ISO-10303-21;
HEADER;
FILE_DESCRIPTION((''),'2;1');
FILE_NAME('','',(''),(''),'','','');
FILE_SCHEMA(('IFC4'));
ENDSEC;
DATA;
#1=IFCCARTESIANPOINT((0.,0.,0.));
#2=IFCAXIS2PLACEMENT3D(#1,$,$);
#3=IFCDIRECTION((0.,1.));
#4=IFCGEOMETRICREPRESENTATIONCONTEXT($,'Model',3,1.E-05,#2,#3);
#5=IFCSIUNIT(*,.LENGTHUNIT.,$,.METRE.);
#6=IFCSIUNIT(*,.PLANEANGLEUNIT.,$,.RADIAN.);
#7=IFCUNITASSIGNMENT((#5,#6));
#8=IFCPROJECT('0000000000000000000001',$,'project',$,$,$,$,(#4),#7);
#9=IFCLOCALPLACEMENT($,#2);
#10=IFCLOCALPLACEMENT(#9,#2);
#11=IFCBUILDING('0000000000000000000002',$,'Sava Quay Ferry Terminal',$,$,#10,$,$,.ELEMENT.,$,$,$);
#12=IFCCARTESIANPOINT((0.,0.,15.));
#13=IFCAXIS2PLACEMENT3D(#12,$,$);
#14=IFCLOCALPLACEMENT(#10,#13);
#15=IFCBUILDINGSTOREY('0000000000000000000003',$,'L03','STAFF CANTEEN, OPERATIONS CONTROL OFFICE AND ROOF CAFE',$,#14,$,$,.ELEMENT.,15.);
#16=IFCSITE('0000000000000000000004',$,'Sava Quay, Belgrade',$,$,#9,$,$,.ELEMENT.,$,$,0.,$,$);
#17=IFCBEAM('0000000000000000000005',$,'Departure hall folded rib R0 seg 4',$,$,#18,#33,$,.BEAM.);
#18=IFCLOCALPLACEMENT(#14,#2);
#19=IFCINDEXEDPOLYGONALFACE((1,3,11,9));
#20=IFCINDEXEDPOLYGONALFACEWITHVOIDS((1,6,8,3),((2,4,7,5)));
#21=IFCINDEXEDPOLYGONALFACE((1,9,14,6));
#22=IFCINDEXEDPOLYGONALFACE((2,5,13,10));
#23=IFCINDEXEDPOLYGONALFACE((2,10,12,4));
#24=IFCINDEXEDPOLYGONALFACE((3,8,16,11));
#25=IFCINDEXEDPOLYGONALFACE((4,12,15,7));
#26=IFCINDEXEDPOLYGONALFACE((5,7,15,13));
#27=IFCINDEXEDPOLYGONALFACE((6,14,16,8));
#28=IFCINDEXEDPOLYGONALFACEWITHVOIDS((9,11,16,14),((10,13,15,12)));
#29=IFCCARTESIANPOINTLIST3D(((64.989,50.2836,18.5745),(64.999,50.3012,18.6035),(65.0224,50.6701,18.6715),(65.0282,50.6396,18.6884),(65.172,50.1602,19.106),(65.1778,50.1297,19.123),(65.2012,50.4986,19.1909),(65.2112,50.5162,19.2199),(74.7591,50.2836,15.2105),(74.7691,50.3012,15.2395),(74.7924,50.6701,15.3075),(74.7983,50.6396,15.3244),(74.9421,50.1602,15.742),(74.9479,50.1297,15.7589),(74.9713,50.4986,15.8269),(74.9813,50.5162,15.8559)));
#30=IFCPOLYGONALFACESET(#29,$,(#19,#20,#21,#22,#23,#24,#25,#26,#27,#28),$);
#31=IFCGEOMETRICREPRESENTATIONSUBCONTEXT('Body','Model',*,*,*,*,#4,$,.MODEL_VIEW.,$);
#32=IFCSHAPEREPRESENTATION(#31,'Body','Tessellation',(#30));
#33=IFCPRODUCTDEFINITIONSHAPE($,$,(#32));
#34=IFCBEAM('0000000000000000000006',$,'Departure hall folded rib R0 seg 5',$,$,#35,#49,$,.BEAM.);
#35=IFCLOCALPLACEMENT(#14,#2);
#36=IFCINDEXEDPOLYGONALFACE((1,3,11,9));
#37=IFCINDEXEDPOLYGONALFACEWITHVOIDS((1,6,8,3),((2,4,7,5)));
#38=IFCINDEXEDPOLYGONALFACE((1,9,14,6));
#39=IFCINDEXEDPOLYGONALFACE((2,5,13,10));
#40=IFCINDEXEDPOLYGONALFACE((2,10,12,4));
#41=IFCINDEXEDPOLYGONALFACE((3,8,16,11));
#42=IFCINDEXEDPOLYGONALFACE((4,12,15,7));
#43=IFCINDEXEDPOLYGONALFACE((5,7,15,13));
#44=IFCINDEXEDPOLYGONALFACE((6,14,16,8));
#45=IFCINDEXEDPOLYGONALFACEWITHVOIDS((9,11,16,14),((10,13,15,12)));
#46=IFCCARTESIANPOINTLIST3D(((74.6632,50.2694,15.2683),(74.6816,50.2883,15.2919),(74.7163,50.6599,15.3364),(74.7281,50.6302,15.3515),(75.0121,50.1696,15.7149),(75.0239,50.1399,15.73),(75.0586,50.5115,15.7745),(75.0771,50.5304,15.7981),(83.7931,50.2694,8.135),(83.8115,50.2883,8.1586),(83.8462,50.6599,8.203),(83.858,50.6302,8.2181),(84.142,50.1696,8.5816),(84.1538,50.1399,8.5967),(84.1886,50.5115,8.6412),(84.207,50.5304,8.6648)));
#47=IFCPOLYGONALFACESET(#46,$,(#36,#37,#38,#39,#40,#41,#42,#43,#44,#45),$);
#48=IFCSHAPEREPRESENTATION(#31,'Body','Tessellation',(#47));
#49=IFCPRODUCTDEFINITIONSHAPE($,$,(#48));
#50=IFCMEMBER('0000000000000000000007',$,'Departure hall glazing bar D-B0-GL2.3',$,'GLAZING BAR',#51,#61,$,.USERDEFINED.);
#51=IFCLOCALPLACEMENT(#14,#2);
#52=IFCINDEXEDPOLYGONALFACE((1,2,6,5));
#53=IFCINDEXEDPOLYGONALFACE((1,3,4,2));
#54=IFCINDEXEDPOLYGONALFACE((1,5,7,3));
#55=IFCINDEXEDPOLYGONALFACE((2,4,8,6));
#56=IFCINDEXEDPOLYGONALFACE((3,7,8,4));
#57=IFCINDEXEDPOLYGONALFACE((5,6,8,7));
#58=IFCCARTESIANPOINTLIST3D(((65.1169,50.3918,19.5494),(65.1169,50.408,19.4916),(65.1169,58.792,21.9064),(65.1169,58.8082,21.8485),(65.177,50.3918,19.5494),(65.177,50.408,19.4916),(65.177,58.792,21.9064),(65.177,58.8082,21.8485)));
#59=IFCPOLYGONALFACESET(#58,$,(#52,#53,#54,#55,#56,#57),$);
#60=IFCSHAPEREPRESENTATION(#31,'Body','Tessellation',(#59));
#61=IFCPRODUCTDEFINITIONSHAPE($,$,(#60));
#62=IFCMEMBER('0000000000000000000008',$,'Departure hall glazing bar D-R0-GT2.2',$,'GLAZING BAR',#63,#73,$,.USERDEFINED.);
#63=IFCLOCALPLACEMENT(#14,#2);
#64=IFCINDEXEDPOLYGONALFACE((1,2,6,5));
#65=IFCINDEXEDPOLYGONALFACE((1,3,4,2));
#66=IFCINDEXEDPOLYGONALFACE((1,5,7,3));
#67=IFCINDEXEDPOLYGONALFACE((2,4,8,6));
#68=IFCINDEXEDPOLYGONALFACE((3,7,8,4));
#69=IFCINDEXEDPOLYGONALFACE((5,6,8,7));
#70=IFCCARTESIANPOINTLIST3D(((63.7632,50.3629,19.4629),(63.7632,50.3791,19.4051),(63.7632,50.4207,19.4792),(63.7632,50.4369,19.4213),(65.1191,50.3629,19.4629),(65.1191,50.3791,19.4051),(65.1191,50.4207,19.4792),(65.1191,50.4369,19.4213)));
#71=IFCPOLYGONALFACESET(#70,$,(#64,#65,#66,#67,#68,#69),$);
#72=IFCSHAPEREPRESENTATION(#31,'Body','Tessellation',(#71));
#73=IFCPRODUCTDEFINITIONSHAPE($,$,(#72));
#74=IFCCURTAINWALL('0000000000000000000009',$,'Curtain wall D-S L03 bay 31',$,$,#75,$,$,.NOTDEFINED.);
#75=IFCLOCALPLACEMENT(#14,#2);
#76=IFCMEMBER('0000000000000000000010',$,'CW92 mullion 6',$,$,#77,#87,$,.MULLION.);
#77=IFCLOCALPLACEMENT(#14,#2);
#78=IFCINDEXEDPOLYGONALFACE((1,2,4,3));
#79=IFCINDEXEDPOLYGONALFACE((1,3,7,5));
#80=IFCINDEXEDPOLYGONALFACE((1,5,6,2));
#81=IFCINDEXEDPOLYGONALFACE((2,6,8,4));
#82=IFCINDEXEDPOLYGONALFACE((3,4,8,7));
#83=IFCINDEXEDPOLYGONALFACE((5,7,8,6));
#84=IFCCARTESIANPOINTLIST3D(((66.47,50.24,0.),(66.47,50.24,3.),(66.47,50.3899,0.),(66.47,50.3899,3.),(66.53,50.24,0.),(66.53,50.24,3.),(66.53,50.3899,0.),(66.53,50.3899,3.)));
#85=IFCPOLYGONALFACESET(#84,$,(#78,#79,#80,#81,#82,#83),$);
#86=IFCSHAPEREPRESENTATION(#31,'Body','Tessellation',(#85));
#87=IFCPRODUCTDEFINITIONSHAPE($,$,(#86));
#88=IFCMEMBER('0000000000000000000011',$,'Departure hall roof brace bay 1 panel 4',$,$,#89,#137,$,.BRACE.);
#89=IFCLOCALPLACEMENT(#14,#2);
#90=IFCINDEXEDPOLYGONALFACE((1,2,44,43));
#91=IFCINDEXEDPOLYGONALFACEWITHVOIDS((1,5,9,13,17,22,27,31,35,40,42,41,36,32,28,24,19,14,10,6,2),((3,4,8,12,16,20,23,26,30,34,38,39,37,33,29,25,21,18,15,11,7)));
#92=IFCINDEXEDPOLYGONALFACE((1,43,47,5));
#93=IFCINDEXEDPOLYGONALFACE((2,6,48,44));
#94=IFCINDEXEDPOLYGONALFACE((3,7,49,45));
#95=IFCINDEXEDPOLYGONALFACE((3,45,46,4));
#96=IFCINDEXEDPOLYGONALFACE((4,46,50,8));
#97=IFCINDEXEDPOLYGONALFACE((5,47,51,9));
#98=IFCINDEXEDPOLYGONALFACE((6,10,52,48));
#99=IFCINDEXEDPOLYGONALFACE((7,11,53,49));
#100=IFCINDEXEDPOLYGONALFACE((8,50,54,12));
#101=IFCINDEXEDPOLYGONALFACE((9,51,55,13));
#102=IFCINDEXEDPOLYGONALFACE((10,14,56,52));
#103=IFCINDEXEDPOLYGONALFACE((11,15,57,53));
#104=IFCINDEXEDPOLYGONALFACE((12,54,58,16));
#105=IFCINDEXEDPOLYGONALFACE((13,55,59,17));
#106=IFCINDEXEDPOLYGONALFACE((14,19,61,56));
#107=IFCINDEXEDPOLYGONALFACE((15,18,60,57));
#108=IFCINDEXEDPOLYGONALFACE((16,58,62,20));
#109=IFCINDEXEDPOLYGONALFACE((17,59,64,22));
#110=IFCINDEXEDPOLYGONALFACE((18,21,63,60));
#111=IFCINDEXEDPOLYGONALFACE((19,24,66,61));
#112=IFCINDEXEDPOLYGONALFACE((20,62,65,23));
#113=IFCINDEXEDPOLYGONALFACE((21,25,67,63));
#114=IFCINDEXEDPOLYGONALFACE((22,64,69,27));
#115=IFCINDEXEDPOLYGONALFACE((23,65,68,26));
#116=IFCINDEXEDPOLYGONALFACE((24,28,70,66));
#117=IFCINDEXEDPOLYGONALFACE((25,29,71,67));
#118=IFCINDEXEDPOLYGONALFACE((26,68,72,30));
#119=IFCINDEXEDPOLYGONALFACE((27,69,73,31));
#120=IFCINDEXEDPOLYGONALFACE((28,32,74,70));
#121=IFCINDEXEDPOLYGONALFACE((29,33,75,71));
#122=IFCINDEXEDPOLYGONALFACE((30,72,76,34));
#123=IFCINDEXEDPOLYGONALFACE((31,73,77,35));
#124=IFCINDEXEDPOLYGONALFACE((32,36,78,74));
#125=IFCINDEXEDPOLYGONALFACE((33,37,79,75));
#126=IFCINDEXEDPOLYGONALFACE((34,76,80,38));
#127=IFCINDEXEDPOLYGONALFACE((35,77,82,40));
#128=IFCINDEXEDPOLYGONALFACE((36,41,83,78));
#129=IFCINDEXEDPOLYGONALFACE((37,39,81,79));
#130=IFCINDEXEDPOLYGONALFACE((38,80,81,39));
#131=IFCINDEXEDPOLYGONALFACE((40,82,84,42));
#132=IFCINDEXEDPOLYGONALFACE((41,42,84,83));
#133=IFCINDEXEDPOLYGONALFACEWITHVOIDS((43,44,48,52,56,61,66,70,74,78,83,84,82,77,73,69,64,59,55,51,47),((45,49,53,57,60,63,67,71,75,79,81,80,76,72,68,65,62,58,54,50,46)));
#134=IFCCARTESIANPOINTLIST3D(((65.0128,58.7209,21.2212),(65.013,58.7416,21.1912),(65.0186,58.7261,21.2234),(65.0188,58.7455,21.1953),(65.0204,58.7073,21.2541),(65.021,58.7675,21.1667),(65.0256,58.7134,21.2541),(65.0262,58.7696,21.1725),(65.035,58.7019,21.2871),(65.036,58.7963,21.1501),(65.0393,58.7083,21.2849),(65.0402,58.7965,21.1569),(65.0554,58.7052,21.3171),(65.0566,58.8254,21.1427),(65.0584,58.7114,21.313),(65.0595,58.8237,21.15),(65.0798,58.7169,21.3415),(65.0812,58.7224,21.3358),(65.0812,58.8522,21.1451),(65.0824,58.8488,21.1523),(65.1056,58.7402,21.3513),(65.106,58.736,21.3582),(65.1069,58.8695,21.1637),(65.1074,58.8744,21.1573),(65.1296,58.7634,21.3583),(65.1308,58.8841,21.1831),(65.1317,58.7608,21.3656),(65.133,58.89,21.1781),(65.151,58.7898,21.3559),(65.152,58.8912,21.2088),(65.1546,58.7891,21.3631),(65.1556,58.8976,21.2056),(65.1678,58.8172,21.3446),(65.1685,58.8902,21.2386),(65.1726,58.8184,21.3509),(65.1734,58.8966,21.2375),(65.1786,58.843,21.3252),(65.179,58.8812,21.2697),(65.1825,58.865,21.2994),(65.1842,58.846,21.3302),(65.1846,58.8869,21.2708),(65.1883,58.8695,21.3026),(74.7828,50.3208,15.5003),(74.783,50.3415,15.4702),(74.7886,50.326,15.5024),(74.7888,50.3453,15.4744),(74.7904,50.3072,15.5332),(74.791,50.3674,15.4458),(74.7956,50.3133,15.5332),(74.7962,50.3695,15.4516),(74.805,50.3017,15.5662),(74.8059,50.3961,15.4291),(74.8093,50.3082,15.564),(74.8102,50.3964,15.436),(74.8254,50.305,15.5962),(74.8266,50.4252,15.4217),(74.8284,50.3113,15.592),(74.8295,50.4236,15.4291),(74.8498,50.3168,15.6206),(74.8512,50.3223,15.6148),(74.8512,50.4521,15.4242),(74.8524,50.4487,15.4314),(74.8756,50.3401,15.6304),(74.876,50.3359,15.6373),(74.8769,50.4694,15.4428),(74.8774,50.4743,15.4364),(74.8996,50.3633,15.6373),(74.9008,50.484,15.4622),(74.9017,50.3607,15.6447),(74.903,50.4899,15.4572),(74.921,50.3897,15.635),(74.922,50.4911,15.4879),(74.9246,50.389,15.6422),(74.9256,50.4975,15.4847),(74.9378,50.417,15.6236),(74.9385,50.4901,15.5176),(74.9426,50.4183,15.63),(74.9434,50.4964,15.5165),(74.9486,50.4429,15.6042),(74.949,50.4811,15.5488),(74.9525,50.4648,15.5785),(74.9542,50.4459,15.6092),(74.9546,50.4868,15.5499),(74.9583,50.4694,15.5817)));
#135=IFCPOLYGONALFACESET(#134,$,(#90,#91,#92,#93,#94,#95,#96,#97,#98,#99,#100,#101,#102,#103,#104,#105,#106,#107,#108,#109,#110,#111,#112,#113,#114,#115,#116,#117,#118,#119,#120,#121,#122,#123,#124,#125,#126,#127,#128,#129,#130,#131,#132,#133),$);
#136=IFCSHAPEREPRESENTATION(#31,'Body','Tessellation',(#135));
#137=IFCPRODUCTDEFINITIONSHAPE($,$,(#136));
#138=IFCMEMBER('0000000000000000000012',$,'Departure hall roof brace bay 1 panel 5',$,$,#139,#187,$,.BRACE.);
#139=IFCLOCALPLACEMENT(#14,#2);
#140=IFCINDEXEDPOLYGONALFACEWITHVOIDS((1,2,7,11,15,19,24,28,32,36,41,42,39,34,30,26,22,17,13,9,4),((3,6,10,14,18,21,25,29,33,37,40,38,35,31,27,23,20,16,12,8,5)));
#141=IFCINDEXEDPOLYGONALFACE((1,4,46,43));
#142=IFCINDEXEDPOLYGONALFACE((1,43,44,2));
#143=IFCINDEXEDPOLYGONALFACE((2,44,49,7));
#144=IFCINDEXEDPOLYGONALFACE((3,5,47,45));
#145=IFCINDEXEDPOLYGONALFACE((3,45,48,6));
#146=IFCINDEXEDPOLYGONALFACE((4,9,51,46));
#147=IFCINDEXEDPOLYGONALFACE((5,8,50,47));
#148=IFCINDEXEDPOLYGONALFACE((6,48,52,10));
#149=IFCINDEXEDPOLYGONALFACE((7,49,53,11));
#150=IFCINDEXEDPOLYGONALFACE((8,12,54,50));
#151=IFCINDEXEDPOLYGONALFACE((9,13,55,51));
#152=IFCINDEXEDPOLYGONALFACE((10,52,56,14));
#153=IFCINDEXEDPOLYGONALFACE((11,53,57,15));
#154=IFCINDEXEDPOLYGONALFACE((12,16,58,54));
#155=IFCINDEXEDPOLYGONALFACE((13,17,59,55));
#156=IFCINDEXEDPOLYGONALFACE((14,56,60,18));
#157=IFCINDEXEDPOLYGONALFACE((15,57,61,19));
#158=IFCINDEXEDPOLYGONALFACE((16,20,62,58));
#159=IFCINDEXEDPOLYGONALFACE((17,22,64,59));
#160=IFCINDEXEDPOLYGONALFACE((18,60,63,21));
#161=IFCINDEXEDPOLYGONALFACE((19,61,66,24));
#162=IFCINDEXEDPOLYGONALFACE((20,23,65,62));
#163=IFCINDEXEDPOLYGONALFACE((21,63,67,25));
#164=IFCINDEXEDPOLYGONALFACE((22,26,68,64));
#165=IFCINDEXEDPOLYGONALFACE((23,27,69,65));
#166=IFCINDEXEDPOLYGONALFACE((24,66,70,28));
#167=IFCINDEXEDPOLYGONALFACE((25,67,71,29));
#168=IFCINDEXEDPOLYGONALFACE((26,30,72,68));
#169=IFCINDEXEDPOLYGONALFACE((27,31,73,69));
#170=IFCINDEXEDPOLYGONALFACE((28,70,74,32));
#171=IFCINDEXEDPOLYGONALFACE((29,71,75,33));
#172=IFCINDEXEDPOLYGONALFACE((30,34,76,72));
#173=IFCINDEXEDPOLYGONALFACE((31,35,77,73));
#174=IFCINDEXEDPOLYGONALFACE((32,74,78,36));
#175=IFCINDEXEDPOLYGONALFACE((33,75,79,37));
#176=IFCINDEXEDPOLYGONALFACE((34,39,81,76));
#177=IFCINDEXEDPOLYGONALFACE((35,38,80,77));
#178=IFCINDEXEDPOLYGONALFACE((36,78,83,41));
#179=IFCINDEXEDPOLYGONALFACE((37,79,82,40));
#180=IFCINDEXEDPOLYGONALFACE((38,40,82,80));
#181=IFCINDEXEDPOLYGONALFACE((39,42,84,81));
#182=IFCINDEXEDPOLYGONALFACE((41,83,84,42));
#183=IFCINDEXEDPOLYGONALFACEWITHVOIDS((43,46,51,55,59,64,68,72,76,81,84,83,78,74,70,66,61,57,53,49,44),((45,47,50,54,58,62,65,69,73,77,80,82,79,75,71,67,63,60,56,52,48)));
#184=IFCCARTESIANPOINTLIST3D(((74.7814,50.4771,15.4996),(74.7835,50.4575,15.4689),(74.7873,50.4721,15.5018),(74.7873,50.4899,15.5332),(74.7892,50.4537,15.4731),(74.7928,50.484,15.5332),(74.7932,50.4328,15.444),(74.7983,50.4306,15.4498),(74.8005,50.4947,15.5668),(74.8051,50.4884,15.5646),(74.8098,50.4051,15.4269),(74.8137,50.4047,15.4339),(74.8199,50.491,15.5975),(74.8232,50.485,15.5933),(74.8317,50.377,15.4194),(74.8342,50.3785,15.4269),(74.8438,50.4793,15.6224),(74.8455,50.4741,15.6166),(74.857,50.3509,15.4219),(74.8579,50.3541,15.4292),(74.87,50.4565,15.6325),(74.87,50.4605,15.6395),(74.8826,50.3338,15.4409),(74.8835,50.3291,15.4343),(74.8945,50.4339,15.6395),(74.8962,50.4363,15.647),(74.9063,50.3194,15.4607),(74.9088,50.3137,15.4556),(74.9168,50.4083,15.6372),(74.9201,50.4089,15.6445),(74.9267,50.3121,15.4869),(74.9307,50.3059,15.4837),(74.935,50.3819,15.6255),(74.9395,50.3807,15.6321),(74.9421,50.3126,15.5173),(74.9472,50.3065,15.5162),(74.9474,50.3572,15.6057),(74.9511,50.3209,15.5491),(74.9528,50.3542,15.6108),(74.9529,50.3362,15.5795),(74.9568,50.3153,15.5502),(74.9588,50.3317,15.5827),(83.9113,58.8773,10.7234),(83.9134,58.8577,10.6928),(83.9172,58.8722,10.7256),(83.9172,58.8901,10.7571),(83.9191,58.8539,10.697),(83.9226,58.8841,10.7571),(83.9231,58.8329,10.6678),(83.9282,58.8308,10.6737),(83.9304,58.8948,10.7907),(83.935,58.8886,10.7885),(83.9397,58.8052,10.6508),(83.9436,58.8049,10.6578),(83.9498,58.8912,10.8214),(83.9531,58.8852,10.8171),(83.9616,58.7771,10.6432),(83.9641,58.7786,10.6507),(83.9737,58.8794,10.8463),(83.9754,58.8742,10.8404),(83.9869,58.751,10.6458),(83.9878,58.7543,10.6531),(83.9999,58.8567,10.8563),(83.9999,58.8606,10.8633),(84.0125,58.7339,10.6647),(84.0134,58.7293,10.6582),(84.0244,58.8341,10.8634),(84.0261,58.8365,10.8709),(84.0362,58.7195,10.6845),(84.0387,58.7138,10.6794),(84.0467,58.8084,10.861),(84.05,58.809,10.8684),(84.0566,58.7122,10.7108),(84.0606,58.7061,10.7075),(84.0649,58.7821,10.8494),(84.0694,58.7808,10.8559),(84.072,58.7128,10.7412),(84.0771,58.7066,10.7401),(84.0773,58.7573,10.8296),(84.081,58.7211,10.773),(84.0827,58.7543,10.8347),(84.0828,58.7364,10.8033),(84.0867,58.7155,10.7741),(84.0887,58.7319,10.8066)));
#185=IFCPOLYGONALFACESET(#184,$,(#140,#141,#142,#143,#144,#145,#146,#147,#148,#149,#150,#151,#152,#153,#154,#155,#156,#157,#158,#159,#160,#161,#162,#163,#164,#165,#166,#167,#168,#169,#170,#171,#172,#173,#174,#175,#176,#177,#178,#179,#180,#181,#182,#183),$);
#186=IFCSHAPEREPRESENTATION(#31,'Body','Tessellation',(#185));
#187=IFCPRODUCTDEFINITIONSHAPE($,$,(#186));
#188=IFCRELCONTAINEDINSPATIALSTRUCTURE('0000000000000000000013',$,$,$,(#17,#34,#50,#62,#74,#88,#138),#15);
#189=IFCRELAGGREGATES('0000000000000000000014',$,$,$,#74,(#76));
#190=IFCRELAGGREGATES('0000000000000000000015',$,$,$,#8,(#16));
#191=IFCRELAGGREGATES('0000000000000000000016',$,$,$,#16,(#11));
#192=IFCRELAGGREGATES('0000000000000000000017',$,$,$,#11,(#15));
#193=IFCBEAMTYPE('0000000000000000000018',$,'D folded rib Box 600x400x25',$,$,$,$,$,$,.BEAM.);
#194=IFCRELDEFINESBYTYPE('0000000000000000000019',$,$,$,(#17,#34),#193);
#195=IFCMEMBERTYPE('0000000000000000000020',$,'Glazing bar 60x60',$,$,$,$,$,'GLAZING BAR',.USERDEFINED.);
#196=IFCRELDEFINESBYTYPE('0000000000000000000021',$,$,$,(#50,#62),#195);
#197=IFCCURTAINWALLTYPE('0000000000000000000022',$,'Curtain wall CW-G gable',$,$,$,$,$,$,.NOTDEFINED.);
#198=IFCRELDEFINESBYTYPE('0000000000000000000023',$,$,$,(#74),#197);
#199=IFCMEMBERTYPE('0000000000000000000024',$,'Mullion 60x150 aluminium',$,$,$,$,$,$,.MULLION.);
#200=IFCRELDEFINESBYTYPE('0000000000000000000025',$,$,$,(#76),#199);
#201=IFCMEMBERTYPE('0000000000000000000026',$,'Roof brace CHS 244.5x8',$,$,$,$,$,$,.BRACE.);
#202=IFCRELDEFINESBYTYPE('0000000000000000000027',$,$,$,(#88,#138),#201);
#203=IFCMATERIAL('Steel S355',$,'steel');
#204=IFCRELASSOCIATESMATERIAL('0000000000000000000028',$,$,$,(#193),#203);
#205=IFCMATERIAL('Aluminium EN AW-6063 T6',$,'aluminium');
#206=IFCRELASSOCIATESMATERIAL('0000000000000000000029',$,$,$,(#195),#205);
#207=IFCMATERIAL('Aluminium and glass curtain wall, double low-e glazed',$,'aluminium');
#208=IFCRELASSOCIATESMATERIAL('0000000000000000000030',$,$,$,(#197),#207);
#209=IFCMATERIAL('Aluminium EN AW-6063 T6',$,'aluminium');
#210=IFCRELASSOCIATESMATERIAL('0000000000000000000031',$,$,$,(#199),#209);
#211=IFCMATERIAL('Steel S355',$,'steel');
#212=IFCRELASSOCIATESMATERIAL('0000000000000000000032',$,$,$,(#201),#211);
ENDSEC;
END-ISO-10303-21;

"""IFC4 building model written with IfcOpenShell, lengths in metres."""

from ifc_helpers import new_model, si_unit, direction, frame, origin, origin_2d, place, context, subcontext, project, spatial, polyline, rectangle, hollow_circle, outline, extrude, material, material_profile, profile_set, type_object, element, aggregate, save


model = new_model("IFC4")

# Units and contexts
model_context = context("Model", 3, precision=1e-05, world=origin(), true_north=direction((0.0, 1.0)))
body_context = subcontext(model_context, "Body", "Model", "MODEL_VIEW")
ifc_project = project(units=[si_unit("LENGTHUNIT", "METRE"), si_unit("PLANEANGLEUNIT", "RADIAN")], contexts=[model_context])

# Site, building, storey
site_placement = place(None, origin())
site = spatial("IfcSite", under=ifc_project, at=site_placement, Name="Sava Quay, Belgrade", CompositionType="ELEMENT", RefElevation=0.0)
building_placement = place(site_placement, origin())
building = spatial("IfcBuilding", under=site, at=building_placement, Name="Sava Quay Ferry Terminal", CompositionType="ELEMENT")
storey_placement = place(building_placement, frame((0.0, 0.0, 15.0)))
storey = spatial("IfcBuildingStorey", under=building, at=storey_placement, Name="L03", Description="STAFF CANTEEN, OPERATIONS CONTROL OFFICE AND ROOF CAFE", CompositionType="ELEMENT", Elevation=15.0)

# Beams
ifc_material_1 = material(Name="Steel S355", Category="steel")
ifc_material_profile_1 = material_profile(ifc_material_1, outline(polyline([(-0.2, -0.3), (0.2, -0.3), (0.2, 0.3), (-0.2, 0.3), (-0.2, -0.3)]), holes=[polyline([(-0.175, -0.2749), (-0.175, 0.2749), (0.175, 0.2749), (0.175, -0.2749), (-0.175, -0.2749)])]), Name="Box 600x400x25 built-up")
ifc_profile_set_1 = profile_set([ifc_material_profile_1], Name="Steel S355")
beam_type = type_object("IfcBeamType", Name="D folded rib Box 600x400x25", PredefinedType="BEAM", material=ifc_profile_set_1)
beam_1_placement = place(storey_placement, frame((65.1001, 50.3999, 18.8972), z_axis=(0.945521, 0.0, -0.325562), x_axis=(0.083486, 0.966561, 0.242466)))
element("IfcBeam", 1, at=beam_1_placement, inside=storey, type_object=beam_type, Name="Departure hall folded rib R0 seg 4", PredefinedType="BEAM", context=body_context, shape_type="SweptSolid", body=[
    extrude(outline(polyline([(-0.2, -0.3), (0.2, -0.3), (0.2, 0.3), (-0.2, 0.3), (-0.2, -0.3)]), holes=[polyline([(-0.175, -0.2749), (-0.175, 0.2749), (0.175, 0.2749), (0.175, -0.2749), (-0.175, -0.2749)])]), origin(), (0.0, 0.0, 1.0), 10.333),
])
beam_2_placement = place(storey_placement, frame((74.8701, 50.3999, 15.5332), z_axis=(0.788, 0.0, -0.615675), x_axis=(0.132923, 0.976416, 0.170127)))
element("IfcBeam", 2, at=beam_2_placement, inside=storey, type_object=beam_type, Name="Departure hall folded rib R0 seg 5", PredefinedType="BEAM", context=body_context, shape_type="SweptSolid", body=[
    extrude(outline(polyline([(-0.2, -0.3), (0.2, -0.3), (0.2, 0.3), (-0.2, 0.3), (-0.2, -0.3)]), holes=[polyline([(-0.175, -0.2749), (-0.175, 0.2749), (0.175, 0.2749), (0.175, -0.2749), (-0.175, -0.2749)])]), origin(), (0.0, 0.0, 1.0), 11.5862),
])

# Members
ifc_material_2 = material(Name="Aluminium EN AW-6063 T6", Category="aluminium")
ifc_material_profile_2 = material_profile(ifc_material_2, rectangle(XDim=0.0601, YDim=0.0601, at=origin_2d()), Name="Bar 60 x 60")
ifc_profile_set_2 = profile_set([ifc_material_profile_2], Name="Aluminium EN AW-6063 T6")
member_type_1 = type_object("IfcMemberType", Name="Glazing bar 60x60", ElementType="GLAZING BAR", PredefinedType="USERDEFINED", material=ifc_profile_set_2)
member_1_placement = place(storey_placement, frame((65.147, 50.3999, 19.5205), z_axis=(0.0, 0.962818, 0.27015), x_axis=(-1.0, 0.0, 0.0)))
element("IfcMember", 3, at=member_1_placement, inside=storey, type_object=member_type_1, Name="Departure hall glazing bar D-B0-GL2.3", ObjectType="GLAZING BAR", PredefinedType="USERDEFINED", context=body_context, shape_type="SweptSolid", body=[
    extrude(rectangle(XDim=0.0601, YDim=0.0601, at=origin_2d()), origin(), (0.0, 0.0, 1.0), 8.7246),
])
member_2_placement = place(storey_placement, frame((63.7632, 50.3999, 19.4421), z_axis=(1.0, 0.0, 0.0), x_axis=(0.0, 0.962815, 0.270161)))
element("IfcMember", 4, at=member_2_placement, inside=storey, type_object=member_type_1, Name="Departure hall glazing bar D-R0-GT2.2", ObjectType="GLAZING BAR", PredefinedType="USERDEFINED", context=body_context, shape_type="SweptSolid", body=[
    extrude(rectangle(XDim=0.0601, YDim=0.0601, at=origin_2d()), origin(), (0.0, 0.0, 1.0), 1.356),
])

# Curtain wall, member
ifc_material_3 = material(Name="Aluminium and glass curtain wall, double low-e glazed", Category="aluminium")
curtain_wall_type = type_object("IfcCurtainWallType", Name="Curtain wall CW-G gable", PredefinedType="NOTDEFINED", material=ifc_material_3)
curtain_wall_placement = place(storey_placement, origin())
curtain_wall = element("IfcCurtainWall", 5, at=curtain_wall_placement, inside=storey, type_object=curtain_wall_type, Name="Curtain wall D-S L03 bay 31", PredefinedType="NOTDEFINED")
ifc_material_4 = material(Name="Aluminium EN AW-6063 T6", Category="aluminium")
ifc_material_profile_3 = material_profile(ifc_material_4, rectangle(XDim=0.1499, YDim=0.0601, at=origin_2d()), Name="Mullion 60x150 aluminium")
ifc_profile_set_3 = profile_set([ifc_material_profile_3], Name="Aluminium EN AW-6063 T6")
member_type_2 = type_object("IfcMemberType", Name="Mullion 60x150 aluminium", PredefinedType="MULLION", material=ifc_profile_set_3)
member_3_placement = place(storey_placement, frame((66.5, 50.3149, 0.0), z_axis=(0.0, 0.0, 1.0), x_axis=(0.0, 1.0, 0.0)))
member_3 = element("IfcMember", 6, at=member_3_placement, type_object=member_type_2, Name="CW92 mullion 6", PredefinedType="MULLION", context=body_context, shape_type="SweptSolid", body=[
    extrude(rectangle(XDim=0.1499, YDim=0.0601, at=origin_2d()), origin(), (0.0, 0.0, 1.0), 3.0),
])

# Members
ifc_material_5 = material(Name="Steel S355", Category="steel")
ifc_material_profile_4 = material_profile(ifc_material_5, hollow_circle(Radius=0.1223, WallThickness=0.0081, at=origin_2d()), Name="CHS 244.5 x 8.0")
ifc_profile_set_4 = profile_set([ifc_material_profile_4], Name="Steel S355")
member_type_3 = type_object("IfcMemberType", Name="Roof brace CHS 244.5x8", PredefinedType="BRACE", material=ifc_profile_set_4)
member_4_placement = place(storey_placement, frame((74.8701, 50.3999, 15.5332), z_axis=(-0.693023, 0.595853, 0.405807), x_axis=(-0.651947, -0.758265, 0.0)))
element("IfcMember", 7, at=member_4_placement, inside=storey, type_object=member_type_3, Name="Departure hall roof brace bay 1 panel 4", PredefinedType="BRACE", context=body_context, shape_type="SweptSolid", body=[
    extrude(hollow_circle(Radius=0.1223, WallThickness=0.0081, at=origin_2d()), origin(), (0.0, 0.0, 1.0), 14.0977),
])
member_5_placement = place(storey_placement, frame((74.8701, 50.3999, 15.5332), z_axis=(0.686771, 0.631878, -0.359271), x_axis=(-0.677085, 0.735905, 0.0)))
element("IfcMember", 8, at=member_5_placement, inside=storey, type_object=member_type_3, Name="Departure hall roof brace bay 1 panel 5", PredefinedType="BRACE", context=body_context, shape_type="SweptSolid", body=[
    extrude(hollow_circle(Radius=0.1223, WallThickness=0.0081, at=origin_2d()), origin(), (0.0, 0.0, 1.0), 13.2939),
])

aggregate(curtain_wall, [member_3])

save(model, "model.ifc")
